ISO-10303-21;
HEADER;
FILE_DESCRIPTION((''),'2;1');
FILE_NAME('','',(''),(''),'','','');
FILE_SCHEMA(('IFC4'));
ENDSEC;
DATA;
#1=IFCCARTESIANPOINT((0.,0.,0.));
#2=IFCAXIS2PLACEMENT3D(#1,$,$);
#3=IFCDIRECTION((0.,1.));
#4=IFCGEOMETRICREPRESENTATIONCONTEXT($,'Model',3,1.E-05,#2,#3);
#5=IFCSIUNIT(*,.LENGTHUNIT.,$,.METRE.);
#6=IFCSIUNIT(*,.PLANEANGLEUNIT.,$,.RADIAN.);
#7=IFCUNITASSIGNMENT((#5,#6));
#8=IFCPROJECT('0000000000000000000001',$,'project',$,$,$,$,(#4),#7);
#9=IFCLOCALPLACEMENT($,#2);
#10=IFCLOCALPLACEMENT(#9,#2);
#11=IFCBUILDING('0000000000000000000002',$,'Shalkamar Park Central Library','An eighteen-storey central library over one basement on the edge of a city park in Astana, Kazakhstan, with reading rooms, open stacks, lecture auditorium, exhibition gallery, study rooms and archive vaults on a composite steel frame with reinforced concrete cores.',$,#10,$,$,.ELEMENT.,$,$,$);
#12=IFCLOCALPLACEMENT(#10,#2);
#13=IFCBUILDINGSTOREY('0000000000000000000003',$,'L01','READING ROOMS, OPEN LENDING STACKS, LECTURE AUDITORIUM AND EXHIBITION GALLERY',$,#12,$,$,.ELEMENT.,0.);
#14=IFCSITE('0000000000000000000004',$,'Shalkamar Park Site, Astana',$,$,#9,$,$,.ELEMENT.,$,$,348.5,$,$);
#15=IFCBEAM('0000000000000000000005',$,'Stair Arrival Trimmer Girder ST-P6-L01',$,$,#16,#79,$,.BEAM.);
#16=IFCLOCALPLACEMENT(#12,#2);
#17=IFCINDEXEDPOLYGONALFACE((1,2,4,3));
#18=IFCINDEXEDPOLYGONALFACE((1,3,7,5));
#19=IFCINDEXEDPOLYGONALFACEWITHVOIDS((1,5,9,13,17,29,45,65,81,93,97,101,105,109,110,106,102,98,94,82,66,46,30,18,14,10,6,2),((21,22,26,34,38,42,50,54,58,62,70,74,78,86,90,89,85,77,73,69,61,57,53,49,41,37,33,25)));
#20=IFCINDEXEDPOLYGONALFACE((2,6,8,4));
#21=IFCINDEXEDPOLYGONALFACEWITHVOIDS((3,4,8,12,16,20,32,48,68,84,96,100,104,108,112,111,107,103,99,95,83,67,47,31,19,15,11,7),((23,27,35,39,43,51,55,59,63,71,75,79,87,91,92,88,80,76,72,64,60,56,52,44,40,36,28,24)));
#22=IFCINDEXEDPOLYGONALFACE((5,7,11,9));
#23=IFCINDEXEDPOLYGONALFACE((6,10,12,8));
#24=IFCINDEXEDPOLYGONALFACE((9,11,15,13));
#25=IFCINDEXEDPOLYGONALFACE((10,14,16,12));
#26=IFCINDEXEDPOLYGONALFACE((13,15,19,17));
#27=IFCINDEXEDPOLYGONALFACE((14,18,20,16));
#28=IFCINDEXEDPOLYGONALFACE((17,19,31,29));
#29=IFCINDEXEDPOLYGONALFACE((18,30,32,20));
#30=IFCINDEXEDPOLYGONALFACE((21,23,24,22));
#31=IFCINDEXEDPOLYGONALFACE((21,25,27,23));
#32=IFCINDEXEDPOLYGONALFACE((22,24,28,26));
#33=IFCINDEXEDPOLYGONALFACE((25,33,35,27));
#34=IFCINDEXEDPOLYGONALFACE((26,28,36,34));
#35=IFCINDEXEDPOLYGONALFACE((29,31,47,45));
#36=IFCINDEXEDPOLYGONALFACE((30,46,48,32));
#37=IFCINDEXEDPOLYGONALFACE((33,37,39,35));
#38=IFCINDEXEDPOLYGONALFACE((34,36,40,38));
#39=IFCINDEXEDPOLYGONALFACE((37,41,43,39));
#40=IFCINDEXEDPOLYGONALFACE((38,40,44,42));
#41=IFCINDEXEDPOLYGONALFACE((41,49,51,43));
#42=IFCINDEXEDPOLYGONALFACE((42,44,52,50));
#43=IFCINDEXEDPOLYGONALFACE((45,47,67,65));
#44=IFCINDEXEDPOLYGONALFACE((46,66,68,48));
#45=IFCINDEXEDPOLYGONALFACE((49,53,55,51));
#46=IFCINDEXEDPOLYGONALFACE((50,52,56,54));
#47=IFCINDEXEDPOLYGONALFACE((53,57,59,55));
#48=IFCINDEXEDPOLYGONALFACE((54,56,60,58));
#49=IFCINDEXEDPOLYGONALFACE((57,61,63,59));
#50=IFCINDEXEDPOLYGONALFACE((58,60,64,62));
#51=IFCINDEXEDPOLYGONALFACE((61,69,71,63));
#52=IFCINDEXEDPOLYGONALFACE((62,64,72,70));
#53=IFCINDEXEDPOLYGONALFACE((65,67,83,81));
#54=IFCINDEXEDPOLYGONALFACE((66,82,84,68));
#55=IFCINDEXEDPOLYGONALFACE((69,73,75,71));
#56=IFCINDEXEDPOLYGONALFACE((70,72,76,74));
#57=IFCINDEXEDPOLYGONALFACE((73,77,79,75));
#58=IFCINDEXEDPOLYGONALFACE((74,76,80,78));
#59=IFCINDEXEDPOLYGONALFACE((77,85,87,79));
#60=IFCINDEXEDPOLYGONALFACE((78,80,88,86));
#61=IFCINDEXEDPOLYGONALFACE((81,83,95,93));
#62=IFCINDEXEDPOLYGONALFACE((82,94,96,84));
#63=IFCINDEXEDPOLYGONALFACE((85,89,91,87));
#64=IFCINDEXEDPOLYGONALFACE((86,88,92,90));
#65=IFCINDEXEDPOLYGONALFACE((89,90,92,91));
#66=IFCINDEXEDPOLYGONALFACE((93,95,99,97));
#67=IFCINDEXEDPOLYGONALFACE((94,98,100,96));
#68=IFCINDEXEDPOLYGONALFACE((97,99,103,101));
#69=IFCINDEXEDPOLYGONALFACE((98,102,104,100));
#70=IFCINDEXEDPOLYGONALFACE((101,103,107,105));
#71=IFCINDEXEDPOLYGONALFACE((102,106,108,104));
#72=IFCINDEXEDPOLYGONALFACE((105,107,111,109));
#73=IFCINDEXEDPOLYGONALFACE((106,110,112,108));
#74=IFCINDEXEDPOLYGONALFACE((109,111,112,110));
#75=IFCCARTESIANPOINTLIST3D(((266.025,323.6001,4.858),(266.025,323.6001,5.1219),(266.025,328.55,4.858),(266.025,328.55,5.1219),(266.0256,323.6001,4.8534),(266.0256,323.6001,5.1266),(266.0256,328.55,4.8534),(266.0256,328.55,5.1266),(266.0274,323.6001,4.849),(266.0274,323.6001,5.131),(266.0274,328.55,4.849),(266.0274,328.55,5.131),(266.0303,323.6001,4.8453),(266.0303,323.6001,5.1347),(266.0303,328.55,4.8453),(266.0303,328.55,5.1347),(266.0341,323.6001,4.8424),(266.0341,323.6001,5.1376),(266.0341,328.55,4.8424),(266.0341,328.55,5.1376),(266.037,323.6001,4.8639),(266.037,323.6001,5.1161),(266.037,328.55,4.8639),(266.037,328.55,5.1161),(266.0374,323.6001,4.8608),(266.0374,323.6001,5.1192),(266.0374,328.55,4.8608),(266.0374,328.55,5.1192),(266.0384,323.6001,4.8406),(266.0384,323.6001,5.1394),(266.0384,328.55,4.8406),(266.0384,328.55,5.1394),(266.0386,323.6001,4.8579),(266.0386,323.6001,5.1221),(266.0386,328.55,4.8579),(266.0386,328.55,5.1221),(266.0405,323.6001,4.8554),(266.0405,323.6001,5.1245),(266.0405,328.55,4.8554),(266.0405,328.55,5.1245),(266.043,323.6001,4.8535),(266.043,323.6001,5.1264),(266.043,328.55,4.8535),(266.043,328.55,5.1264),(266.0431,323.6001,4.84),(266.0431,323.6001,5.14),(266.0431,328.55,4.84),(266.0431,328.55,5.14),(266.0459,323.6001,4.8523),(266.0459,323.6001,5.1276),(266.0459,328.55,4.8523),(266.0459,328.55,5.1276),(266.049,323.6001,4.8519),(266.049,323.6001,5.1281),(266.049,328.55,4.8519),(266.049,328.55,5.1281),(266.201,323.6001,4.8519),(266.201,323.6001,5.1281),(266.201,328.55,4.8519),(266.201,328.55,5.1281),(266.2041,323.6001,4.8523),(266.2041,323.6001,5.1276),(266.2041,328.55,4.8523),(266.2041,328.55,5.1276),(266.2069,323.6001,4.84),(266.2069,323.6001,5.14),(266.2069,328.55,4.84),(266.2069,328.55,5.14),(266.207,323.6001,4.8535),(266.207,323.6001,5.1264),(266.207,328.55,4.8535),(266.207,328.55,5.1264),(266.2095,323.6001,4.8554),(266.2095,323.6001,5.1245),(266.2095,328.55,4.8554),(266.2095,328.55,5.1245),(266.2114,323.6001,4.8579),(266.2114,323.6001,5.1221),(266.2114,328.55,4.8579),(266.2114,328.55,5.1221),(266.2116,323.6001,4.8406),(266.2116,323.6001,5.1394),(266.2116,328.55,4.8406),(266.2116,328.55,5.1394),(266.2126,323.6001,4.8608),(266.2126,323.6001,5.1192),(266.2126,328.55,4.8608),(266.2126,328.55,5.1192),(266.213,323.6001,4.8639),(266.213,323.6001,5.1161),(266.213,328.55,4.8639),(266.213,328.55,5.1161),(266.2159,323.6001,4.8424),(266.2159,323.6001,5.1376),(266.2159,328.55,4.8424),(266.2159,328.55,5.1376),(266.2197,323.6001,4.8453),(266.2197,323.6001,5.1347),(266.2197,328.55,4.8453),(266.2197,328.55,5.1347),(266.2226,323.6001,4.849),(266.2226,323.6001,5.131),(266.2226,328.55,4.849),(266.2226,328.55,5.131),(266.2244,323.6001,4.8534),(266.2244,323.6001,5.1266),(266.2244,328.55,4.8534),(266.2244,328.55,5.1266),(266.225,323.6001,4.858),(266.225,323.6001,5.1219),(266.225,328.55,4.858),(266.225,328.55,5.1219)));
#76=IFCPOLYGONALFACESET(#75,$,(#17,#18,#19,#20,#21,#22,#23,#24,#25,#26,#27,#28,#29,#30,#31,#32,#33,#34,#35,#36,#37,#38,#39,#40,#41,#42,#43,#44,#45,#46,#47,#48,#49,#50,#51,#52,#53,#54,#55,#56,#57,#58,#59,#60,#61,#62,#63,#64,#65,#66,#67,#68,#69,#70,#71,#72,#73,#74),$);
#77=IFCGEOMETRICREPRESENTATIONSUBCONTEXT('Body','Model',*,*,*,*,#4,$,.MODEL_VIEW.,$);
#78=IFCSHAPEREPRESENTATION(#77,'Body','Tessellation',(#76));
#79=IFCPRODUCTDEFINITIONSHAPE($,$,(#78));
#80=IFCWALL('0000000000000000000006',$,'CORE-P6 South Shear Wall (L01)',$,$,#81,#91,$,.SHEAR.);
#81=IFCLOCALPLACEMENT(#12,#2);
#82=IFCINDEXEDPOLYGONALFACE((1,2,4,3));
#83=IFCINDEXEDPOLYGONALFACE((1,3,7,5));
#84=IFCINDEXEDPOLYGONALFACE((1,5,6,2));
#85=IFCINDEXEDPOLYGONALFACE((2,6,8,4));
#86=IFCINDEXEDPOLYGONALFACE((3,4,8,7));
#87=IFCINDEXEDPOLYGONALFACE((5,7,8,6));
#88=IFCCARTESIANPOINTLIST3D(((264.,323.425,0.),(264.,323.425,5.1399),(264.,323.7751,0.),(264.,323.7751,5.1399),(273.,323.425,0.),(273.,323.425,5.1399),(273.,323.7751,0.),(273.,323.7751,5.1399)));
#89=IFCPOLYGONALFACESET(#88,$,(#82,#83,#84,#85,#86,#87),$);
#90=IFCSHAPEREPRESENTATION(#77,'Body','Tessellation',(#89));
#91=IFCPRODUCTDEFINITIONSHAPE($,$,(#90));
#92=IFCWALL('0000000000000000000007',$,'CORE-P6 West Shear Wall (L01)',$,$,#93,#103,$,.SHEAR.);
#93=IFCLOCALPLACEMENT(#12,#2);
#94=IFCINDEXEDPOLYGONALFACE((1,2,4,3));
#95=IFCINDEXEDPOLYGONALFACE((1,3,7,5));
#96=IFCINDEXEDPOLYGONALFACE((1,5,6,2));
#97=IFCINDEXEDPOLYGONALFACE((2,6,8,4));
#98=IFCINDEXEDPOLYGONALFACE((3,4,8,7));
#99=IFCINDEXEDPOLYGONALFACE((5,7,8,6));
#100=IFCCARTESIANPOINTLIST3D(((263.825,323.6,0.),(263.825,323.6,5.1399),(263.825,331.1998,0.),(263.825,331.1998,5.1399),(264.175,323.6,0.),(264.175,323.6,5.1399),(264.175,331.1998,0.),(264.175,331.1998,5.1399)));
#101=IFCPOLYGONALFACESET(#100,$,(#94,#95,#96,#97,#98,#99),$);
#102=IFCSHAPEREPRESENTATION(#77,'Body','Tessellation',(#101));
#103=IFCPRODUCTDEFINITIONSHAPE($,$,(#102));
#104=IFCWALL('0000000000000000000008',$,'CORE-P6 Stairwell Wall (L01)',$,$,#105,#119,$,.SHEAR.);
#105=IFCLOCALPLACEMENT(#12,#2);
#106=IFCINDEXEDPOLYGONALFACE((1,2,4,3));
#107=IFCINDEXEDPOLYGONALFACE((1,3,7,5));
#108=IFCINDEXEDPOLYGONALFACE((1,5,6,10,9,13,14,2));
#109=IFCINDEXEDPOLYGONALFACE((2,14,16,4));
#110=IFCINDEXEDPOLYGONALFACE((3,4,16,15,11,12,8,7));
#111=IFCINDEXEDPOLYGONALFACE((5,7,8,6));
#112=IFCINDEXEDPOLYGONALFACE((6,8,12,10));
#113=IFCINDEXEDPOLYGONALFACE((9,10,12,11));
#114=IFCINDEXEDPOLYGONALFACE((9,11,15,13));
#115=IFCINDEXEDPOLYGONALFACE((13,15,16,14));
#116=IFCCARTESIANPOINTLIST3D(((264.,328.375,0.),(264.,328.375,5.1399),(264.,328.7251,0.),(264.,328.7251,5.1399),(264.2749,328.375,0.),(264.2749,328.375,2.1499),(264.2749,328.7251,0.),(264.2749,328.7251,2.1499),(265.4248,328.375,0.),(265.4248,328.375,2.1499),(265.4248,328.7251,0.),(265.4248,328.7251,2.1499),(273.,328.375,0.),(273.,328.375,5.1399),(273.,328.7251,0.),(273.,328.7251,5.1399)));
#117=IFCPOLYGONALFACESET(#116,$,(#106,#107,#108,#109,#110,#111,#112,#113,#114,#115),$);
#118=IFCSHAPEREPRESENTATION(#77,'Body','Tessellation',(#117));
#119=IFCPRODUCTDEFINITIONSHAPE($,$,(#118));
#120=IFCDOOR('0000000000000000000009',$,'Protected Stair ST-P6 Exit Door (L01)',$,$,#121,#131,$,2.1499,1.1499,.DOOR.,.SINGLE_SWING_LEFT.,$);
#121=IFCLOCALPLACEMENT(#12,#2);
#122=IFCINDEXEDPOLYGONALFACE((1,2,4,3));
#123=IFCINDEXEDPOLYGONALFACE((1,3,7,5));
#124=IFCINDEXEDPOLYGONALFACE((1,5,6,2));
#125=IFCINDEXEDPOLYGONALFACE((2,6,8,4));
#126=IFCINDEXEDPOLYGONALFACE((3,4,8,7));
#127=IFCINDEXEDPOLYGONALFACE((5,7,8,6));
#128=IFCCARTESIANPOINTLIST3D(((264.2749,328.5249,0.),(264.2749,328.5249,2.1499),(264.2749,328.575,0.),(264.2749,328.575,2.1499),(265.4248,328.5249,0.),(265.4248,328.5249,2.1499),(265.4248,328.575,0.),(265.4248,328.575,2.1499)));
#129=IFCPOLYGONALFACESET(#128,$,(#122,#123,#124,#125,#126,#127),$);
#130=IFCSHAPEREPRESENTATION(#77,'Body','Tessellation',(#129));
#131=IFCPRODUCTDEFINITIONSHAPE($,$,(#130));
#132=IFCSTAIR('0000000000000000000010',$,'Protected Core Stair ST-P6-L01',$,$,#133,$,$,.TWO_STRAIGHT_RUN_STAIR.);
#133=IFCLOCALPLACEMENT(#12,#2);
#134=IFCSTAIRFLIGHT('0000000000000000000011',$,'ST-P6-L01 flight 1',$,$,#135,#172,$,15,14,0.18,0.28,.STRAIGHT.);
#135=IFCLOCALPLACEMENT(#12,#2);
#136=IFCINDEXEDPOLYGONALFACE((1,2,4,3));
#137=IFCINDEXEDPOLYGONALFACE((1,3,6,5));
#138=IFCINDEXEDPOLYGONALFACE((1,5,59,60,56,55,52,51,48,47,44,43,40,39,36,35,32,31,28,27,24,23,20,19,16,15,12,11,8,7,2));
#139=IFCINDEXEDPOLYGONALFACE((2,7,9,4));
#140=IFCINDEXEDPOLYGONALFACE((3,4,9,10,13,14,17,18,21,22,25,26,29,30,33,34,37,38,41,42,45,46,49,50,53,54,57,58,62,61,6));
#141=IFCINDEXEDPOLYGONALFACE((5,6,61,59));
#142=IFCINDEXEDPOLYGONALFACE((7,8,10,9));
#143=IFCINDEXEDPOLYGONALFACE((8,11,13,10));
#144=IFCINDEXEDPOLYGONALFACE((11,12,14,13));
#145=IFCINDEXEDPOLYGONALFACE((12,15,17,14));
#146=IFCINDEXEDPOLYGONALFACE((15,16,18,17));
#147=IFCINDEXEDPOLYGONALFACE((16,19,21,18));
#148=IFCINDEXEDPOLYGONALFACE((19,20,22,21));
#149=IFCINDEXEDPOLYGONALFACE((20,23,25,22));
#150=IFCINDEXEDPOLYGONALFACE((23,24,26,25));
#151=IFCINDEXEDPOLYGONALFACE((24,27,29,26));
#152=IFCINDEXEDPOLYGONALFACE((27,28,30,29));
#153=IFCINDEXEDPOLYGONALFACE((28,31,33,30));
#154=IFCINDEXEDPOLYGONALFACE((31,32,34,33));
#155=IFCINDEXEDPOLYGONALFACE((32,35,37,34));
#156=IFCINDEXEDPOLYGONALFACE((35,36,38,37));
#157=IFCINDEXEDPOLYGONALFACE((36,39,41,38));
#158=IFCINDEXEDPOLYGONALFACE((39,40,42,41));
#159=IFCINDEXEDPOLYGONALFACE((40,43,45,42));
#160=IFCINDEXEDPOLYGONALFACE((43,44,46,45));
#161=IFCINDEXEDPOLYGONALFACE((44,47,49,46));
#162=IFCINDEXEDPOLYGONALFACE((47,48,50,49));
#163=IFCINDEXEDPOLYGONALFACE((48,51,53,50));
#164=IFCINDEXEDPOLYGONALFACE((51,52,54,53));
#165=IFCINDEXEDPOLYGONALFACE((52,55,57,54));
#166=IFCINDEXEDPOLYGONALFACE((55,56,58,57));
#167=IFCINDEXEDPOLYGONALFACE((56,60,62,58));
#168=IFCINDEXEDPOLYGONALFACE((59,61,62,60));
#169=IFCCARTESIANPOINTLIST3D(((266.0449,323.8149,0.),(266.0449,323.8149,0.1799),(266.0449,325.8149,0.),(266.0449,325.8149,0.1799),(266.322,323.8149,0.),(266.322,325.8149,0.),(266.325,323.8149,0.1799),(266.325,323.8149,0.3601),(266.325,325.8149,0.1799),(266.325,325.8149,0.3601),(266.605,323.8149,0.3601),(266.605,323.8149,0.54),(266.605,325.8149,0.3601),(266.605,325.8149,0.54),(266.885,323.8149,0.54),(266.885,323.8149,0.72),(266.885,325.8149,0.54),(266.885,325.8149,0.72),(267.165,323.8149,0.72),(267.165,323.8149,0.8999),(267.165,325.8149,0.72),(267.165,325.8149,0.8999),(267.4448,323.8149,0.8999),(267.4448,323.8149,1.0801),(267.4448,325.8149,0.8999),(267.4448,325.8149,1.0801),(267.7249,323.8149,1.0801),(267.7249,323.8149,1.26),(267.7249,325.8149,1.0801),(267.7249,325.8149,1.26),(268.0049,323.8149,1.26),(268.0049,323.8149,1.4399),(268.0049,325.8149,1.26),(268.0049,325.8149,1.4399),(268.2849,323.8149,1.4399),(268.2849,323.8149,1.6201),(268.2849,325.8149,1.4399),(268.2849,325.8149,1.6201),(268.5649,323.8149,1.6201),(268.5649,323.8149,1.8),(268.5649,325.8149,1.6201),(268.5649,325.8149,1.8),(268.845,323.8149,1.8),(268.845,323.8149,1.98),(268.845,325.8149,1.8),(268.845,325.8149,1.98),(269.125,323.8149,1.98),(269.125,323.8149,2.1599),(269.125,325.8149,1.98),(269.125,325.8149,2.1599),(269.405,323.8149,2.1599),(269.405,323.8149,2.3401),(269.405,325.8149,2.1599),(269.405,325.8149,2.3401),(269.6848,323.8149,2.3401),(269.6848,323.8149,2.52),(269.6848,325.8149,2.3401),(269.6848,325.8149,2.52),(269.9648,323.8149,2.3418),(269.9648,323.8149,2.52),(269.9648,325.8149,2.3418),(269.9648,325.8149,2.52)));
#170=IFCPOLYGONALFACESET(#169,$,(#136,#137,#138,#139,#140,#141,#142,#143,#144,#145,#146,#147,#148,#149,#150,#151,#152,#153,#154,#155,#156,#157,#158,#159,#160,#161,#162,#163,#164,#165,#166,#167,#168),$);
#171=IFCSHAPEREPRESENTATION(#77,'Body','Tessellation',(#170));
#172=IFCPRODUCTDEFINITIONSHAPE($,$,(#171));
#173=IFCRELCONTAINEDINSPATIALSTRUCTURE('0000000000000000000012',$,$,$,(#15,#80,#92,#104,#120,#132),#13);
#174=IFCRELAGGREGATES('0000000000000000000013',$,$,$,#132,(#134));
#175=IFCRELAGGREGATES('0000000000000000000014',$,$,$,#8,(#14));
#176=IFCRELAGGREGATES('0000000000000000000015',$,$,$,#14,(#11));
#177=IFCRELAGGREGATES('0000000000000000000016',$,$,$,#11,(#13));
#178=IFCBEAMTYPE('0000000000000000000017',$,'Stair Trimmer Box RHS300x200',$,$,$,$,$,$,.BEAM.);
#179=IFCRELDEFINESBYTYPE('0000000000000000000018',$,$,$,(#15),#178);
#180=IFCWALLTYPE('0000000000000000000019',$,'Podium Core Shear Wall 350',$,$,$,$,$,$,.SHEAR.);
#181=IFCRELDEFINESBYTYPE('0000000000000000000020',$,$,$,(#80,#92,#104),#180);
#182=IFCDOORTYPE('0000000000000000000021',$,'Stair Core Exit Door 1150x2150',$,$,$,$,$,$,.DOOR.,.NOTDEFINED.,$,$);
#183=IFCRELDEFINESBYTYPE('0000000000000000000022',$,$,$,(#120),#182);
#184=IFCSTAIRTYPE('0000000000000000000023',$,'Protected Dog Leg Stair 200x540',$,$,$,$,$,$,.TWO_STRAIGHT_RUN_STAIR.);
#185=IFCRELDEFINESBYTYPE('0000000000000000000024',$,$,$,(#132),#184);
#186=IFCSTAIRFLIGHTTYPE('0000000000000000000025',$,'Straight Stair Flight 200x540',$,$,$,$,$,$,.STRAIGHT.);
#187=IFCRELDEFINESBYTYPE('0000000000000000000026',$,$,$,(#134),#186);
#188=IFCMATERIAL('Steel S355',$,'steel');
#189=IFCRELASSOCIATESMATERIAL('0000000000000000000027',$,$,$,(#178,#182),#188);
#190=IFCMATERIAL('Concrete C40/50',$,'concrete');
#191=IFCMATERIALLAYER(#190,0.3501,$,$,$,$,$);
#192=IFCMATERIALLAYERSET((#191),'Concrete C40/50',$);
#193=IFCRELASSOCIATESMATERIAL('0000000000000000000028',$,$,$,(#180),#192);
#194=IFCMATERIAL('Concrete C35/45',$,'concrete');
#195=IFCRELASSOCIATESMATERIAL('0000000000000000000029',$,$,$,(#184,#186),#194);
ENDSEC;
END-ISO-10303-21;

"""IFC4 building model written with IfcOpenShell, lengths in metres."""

from ifc_helpers import new_model, si_unit, direction, frame, frame_2d, origin, origin_2d, place, context, subcontext, project, spatial, polyline, rectangle, hollow_rectangle, outline, extrude, material, layer, layer_set, material_profile, profile_set, type_object, element, fill, aggregate, save


model = new_model("IFC4")

# Units and contexts
model_context = context("Model", 3, precision=1e-05, world=origin(), true_north=direction((0.0, 1.0)))
body_context = subcontext(model_context, "Body", "Model", "MODEL_VIEW")
ifc_project = project(units=[si_unit("LENGTHUNIT", "METRE"), si_unit("PLANEANGLEUNIT", "RADIAN")], contexts=[model_context])

# Site, building, storey
site_placement = place(None, origin())
site = spatial("IfcSite", under=ifc_project, at=site_placement, Name="Shalkamar Park Site, Astana", CompositionType="ELEMENT", RefElevation=348.5)
building_placement = place(site_placement, origin())
building = spatial("IfcBuilding", under=site, at=building_placement, Name="Shalkamar Park Central Library", Description="An eighteen-storey central library over one basement on the edge of a city park in Astana, Kazakhstan, with reading rooms, open stacks, lecture auditorium, exhibition gallery, study rooms and archive vaults on a composite steel frame with reinforced concrete cores.", CompositionType="ELEMENT")
storey_placement = place(building_placement, origin())
storey = spatial("IfcBuildingStorey", under=building, at=storey_placement, Name="L01", Description="READING ROOMS, OPEN LENDING STACKS, LECTURE AUDITORIUM AND EXHIBITION GALLERY", CompositionType="ELEMENT", Elevation=0.0)

# Shared definitions
ifc_material_1 = material(Name="Steel S355", Category="steel")

# Beam
ifc_material_profile_1 = material_profile(ifc_material_1, hollow_rectangle(XDim=0.2, YDim=0.3, WallThickness=0.012, InnerFilletRadius=0.012, OuterFilletRadius=0.0181, at=origin_2d()), Name="RHS 300x200x12")
ifc_profile_set_1 = profile_set([ifc_material_profile_1], Name="Steel S355")
beam_type_1 = type_object("IfcBeamType", Name="Stair Trimmer Box RHS300x200", PredefinedType="BEAM", material=ifc_profile_set_1)
beam_1_placement = place(storey_placement, frame((266.125, 323.6001, 4.99), z_axis=(0.0, 1.0, 0.0), x_axis=(-1.0, 0.0, 0.0)))
element("IfcBeam", 1, at=beam_1_placement, inside=storey, type_object=beam_type_1, Name="Stair Arrival Trimmer Girder ST-P6-L01", PredefinedType="BEAM", context=body_context, shape_type="SweptSolid", body=[
    extrude(hollow_rectangle(XDim=0.2, YDim=0.3, WallThickness=0.012, InnerFilletRadius=0.012, OuterFilletRadius=0.0181, at=origin_2d()), origin(), (0.0, 0.0, 1.0), 4.95),
])

# Walls
ifc_material_2 = material(Name="Concrete C40/50", Category="concrete")
ifc_layer = layer(ifc_material_2, 0.3501)
ifc_layer_set = layer_set([ifc_layer], Name="Concrete C40/50")
wall_type = type_object("IfcWallType", Name="Podium Core Shear Wall 350", PredefinedType="SHEAR", material=ifc_layer_set)
wall_1_placement = place(storey_placement, frame((264.0, 323.6001, 0.0), z_axis=(0.0, 0.0, 1.0), x_axis=(1.0, 0.0, 0.0)))
element("IfcWall", 2, at=wall_1_placement, inside=storey, type_object=wall_type, Name="CORE-P6 South Shear Wall (L01)", PredefinedType="SHEAR", context=body_context, shape_type="SweptSolid", body=[
    extrude(rectangle(XDim=9.0, YDim=0.3501, at=frame_2d((4.5, 0.0))), origin(), (0.0, 0.0, 1.0), 5.1399),
])
wall_2_placement = place(storey_placement, frame((264.0, 323.6001, 0.0), z_axis=(0.0, 0.0, 1.0), x_axis=(0.0, 1.0, 0.0)))
element("IfcWall", 3, at=wall_2_placement, inside=storey, type_object=wall_type, Name="CORE-P6 West Shear Wall (L01)", PredefinedType="SHEAR", context=body_context, shape_type="SweptSolid", body=[
    extrude(rectangle(XDim=7.5999, YDim=0.3501, at=frame_2d((3.7998, 0.0))), origin(), (0.0, 0.0, 1.0), 5.1399),
])

# Wall, opening, door
wall_3_placement = place(storey_placement, frame((264.0, 328.55, 0.0), z_axis=(0.0, 0.0, 1.0), x_axis=(1.0, 0.0, 0.0)))
wall_3 = element("IfcWall", 4, at=wall_3_placement, inside=storey, type_object=wall_type, Name="CORE-P6 Stairwell Wall (L01)", PredefinedType="SHEAR", context=body_context, shape_type="SweptSolid", body=[
    extrude(rectangle(XDim=9.0, YDim=0.3501, at=frame_2d((4.5, 0.0))), origin(), (0.0, 0.0, 1.0), 5.1399),
])
opening_placement = place(wall_3_placement, frame((0.2749, 0.0, 0.0)))
opening = element("IfcOpeningElement", 5, at=opening_placement, cuts=wall_3, PredefinedType="OPENING", context=body_context, shape_type="SweptSolid", body=[
    extrude(rectangle(XDim=1.1499, YDim=2.1499, at=frame_2d((0.575, 1.075))), frame((0.0, 0.1899, 0.0), z_axis=(0.0, -1.0, 0.0), x_axis=(1.0, 0.0, 0.0)), (0.0, 0.0, 1.0), 0.3799),
])
door_type = type_object("IfcDoorType", Name="Stair Core Exit Door 1150x2150", OperationType="NOTDEFINED", PredefinedType="DOOR", material=ifc_material_1)
door_placement = place(opening_placement, origin())
door = element("IfcDoor", 6, at=door_placement, inside=storey, type_object=door_type, Name="Protected Stair ST-P6 Exit Door (L01)", OperationType="SINGLE_SWING_LEFT", OverallHeight=2.1499, OverallWidth=1.1499, PredefinedType="DOOR", context=body_context, shape_type="SweptSolid", body=[
    extrude(rectangle(XDim=1.1499, YDim=2.1499, at=frame_2d((0.575, 1.075))), frame((0.0, 0.0249, 0.0), z_axis=(0.0, -1.0, 0.0), x_axis=(1.0, 0.0, 0.0)), (0.0, 0.0, 1.0), 0.05),
])
fill(opening, door)

# Stair, stair flight
ifc_material_3 = material(Name="Concrete C35/45", Category="concrete")
stair_type = type_object("IfcStairType", Name="Protected Dog Leg Stair 200x540", PredefinedType="TWO_STRAIGHT_RUN_STAIR", material=ifc_material_3)
stair_placement = place(storey_placement, origin())
stair = element("IfcStair", 7, at=stair_placement, inside=storey, type_object=stair_type, Name="Protected Core Stair ST-P6-L01", PredefinedType="TWO_STRAIGHT_RUN_STAIR")
stair_flight_type = type_object("IfcStairFlightType", Name="Straight Stair Flight 200x540", PredefinedType="STRAIGHT", material=ifc_material_3)
stair_flight_placement = place(storey_placement, frame((266.0449, 324.8149, 0.0), z_axis=(0.0, 0.0, 1.0), x_axis=(1.0, 0.0, 0.0)))
stair_flight = element("IfcStairFlight", 8, at=stair_flight_placement, type_object=stair_flight_type, Name="ST-P6-L01 flight 1", NumberOfRisers=15, NumberOfTreads=14, PredefinedType="STRAIGHT", RiserHeight=0.18, TreadLength=0.28, context=body_context, shape_type="SweptSolid", body=[
    extrude(outline(polyline([(0.0, 0.0), (0.0, 0.1799), (0.28, 0.1799), (0.28, 0.3601), (0.5601, 0.3601), (0.5601, 0.54), (0.8401, 0.54), (0.8401, 0.72), (1.1201, 0.72), (1.1201, 0.8999), (1.3999, 0.8999), (1.3999, 1.0801), (1.6799, 1.0801), (1.6799, 1.26), (1.96, 1.26), (1.96, 1.4399), (2.24, 1.4399), (2.24, 1.6201), (2.52, 1.6201), (2.52, 1.8), (2.8, 1.8), (2.8, 1.98), (3.0801, 1.98), (3.0801, 2.1599), (3.3601, 2.1599), (3.3601, 2.3401), (3.6399, 2.3401), (3.6399, 2.52), (3.9199, 2.52), (3.9199, 2.7), (3.9199, 2.3418), (0.2771, 0.0), (0.0, 0.0)])), frame((0.0, 1.0, 0.0), z_axis=(0.0, -1.0, 0.0), x_axis=(1.0, 0.0, 0.0)), (0.0, 0.0, 1.0), 2.0),
])
aggregate(stair, [stair_flight])

save(model, "model.ifc")
